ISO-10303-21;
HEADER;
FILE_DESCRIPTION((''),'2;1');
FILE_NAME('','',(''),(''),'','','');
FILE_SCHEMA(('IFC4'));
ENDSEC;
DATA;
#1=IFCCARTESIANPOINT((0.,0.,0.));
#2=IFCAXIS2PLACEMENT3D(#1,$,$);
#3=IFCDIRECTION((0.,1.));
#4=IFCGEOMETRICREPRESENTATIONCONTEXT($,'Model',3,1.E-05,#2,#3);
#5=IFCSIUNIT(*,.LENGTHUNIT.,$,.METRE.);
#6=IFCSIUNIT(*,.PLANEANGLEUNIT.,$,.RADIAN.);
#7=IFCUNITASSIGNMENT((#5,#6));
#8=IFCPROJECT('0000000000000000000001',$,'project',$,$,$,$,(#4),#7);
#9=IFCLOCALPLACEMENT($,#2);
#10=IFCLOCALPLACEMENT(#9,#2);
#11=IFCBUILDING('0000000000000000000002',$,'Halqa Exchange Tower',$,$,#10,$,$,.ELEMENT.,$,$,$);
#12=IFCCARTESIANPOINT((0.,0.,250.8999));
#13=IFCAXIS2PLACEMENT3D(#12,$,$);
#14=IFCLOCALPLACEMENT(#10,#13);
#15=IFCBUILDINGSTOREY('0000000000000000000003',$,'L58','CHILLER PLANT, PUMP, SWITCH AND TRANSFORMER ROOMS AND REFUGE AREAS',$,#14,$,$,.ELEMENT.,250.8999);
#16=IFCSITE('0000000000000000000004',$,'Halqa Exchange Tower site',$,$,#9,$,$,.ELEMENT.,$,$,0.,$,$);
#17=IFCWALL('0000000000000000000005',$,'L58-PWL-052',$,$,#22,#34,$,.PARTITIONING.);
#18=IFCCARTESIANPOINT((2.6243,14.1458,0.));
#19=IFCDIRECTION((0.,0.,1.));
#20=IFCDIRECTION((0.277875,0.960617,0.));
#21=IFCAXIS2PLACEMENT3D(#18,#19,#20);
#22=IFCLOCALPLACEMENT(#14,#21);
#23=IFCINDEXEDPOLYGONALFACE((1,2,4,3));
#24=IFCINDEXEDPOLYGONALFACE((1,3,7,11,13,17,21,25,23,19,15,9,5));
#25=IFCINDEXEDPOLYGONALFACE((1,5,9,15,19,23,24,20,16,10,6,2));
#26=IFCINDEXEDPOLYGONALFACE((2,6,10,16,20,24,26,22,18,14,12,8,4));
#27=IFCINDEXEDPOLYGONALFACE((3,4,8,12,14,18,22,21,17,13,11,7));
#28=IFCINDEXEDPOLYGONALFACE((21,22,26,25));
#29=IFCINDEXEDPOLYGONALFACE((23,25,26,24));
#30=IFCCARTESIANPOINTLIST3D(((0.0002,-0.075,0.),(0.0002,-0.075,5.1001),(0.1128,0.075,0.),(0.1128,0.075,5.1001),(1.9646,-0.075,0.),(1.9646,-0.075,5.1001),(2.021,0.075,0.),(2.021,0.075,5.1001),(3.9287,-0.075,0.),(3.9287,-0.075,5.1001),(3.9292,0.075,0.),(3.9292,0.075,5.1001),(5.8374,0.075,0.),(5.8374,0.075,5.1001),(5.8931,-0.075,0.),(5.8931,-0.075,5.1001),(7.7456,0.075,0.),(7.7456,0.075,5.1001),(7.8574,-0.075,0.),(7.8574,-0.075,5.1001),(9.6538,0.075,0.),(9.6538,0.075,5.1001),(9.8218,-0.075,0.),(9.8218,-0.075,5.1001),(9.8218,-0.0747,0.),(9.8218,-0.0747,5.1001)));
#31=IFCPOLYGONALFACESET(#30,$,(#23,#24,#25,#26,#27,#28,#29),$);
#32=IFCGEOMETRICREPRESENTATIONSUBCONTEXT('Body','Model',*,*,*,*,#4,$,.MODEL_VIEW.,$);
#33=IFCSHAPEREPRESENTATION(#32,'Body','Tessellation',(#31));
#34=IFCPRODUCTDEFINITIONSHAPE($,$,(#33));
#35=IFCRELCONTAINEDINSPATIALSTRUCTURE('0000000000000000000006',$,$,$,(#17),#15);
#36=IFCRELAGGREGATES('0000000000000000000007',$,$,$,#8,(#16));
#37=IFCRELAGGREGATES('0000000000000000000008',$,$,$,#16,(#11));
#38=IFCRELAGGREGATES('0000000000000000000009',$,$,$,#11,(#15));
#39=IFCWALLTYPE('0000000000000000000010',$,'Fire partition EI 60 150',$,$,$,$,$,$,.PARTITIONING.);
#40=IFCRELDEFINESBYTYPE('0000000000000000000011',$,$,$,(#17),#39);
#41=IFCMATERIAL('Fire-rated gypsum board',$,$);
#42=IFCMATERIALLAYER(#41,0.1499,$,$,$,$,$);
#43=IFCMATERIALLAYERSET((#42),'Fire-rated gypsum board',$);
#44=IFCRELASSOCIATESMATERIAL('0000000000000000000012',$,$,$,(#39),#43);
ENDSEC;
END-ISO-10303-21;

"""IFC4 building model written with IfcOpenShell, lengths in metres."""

from ifc_helpers import new_model, si_unit, direction, frame, origin, place, context, subcontext, project, spatial, polyline, outline, extrude, material, layer, layer_set, type_object, element, save


model = new_model("IFC4")

# Units and contexts
model_context = context("Model", 3, precision=1e-05, world=origin(), true_north=direction((0.0, 1.0)))
body_context = subcontext(model_context, "Body", "Model", "MODEL_VIEW")
ifc_project = project(units=[si_unit("LENGTHUNIT", "METRE"), si_unit("PLANEANGLEUNIT", "RADIAN")], contexts=[model_context])

# Site, building, storey
site_placement = place(None, origin())
site = spatial("IfcSite", under=ifc_project, at=site_placement, Name="Halqa Exchange Tower site", CompositionType="ELEMENT", RefElevation=0.0)
building_placement = place(site_placement, origin())
building = spatial("IfcBuilding", under=site, at=building_placement, Name="Halqa Exchange Tower", CompositionType="ELEMENT")
storey_placement = place(building_placement, frame((0.0, 0.0, 250.8999)))
storey = spatial("IfcBuildingStorey", under=building, at=storey_placement, Name="L58", Description="CHILLER PLANT, PUMP, SWITCH AND TRANSFORMER ROOMS AND REFUGE AREAS", CompositionType="ELEMENT", Elevation=250.8999)

# Wall
ifc_material_1 = material(Name="Fire-rated gypsum board")
ifc_layer_1 = layer(ifc_material_1, 0.1499)
ifc_layer_set_1 = layer_set([ifc_layer_1], Name="Fire-rated gypsum board")
wall_type = type_object("IfcWallType", Name="Fire partition EI 60 150", PredefinedType="PARTITIONING", material=ifc_layer_set_1)
wall_1_placement = place(storey_placement, frame((2.6243, 14.1458, 0.0), z_axis=(0.0, 0.0, 1.0), x_axis=(0.277875, 0.960617, 0.0)))
element("IfcWall", 1, at=wall_1_placement, inside=storey, type_object=wall_type, Name="L58-PWL-052", PredefinedType="PARTITIONING", context=body_context, shape_type="SweptSolid", body=[
    extrude(outline(polyline([(9.8218, -0.075), (9.8218, -0.0747), (9.6538, 0.075), (7.7456, 0.075), (5.8374, 0.075), (3.9292, 0.075), (2.021, 0.075), (0.1128, 0.075), (0.0002, -0.075), (1.9646, -0.075), (3.9287, -0.075), (5.8931, -0.075), (7.8574, -0.075), (9.8218, -0.075)])), origin(), (0.0, 0.0, 1.0), 5.1001),
])

save(model, "model.ifc")
